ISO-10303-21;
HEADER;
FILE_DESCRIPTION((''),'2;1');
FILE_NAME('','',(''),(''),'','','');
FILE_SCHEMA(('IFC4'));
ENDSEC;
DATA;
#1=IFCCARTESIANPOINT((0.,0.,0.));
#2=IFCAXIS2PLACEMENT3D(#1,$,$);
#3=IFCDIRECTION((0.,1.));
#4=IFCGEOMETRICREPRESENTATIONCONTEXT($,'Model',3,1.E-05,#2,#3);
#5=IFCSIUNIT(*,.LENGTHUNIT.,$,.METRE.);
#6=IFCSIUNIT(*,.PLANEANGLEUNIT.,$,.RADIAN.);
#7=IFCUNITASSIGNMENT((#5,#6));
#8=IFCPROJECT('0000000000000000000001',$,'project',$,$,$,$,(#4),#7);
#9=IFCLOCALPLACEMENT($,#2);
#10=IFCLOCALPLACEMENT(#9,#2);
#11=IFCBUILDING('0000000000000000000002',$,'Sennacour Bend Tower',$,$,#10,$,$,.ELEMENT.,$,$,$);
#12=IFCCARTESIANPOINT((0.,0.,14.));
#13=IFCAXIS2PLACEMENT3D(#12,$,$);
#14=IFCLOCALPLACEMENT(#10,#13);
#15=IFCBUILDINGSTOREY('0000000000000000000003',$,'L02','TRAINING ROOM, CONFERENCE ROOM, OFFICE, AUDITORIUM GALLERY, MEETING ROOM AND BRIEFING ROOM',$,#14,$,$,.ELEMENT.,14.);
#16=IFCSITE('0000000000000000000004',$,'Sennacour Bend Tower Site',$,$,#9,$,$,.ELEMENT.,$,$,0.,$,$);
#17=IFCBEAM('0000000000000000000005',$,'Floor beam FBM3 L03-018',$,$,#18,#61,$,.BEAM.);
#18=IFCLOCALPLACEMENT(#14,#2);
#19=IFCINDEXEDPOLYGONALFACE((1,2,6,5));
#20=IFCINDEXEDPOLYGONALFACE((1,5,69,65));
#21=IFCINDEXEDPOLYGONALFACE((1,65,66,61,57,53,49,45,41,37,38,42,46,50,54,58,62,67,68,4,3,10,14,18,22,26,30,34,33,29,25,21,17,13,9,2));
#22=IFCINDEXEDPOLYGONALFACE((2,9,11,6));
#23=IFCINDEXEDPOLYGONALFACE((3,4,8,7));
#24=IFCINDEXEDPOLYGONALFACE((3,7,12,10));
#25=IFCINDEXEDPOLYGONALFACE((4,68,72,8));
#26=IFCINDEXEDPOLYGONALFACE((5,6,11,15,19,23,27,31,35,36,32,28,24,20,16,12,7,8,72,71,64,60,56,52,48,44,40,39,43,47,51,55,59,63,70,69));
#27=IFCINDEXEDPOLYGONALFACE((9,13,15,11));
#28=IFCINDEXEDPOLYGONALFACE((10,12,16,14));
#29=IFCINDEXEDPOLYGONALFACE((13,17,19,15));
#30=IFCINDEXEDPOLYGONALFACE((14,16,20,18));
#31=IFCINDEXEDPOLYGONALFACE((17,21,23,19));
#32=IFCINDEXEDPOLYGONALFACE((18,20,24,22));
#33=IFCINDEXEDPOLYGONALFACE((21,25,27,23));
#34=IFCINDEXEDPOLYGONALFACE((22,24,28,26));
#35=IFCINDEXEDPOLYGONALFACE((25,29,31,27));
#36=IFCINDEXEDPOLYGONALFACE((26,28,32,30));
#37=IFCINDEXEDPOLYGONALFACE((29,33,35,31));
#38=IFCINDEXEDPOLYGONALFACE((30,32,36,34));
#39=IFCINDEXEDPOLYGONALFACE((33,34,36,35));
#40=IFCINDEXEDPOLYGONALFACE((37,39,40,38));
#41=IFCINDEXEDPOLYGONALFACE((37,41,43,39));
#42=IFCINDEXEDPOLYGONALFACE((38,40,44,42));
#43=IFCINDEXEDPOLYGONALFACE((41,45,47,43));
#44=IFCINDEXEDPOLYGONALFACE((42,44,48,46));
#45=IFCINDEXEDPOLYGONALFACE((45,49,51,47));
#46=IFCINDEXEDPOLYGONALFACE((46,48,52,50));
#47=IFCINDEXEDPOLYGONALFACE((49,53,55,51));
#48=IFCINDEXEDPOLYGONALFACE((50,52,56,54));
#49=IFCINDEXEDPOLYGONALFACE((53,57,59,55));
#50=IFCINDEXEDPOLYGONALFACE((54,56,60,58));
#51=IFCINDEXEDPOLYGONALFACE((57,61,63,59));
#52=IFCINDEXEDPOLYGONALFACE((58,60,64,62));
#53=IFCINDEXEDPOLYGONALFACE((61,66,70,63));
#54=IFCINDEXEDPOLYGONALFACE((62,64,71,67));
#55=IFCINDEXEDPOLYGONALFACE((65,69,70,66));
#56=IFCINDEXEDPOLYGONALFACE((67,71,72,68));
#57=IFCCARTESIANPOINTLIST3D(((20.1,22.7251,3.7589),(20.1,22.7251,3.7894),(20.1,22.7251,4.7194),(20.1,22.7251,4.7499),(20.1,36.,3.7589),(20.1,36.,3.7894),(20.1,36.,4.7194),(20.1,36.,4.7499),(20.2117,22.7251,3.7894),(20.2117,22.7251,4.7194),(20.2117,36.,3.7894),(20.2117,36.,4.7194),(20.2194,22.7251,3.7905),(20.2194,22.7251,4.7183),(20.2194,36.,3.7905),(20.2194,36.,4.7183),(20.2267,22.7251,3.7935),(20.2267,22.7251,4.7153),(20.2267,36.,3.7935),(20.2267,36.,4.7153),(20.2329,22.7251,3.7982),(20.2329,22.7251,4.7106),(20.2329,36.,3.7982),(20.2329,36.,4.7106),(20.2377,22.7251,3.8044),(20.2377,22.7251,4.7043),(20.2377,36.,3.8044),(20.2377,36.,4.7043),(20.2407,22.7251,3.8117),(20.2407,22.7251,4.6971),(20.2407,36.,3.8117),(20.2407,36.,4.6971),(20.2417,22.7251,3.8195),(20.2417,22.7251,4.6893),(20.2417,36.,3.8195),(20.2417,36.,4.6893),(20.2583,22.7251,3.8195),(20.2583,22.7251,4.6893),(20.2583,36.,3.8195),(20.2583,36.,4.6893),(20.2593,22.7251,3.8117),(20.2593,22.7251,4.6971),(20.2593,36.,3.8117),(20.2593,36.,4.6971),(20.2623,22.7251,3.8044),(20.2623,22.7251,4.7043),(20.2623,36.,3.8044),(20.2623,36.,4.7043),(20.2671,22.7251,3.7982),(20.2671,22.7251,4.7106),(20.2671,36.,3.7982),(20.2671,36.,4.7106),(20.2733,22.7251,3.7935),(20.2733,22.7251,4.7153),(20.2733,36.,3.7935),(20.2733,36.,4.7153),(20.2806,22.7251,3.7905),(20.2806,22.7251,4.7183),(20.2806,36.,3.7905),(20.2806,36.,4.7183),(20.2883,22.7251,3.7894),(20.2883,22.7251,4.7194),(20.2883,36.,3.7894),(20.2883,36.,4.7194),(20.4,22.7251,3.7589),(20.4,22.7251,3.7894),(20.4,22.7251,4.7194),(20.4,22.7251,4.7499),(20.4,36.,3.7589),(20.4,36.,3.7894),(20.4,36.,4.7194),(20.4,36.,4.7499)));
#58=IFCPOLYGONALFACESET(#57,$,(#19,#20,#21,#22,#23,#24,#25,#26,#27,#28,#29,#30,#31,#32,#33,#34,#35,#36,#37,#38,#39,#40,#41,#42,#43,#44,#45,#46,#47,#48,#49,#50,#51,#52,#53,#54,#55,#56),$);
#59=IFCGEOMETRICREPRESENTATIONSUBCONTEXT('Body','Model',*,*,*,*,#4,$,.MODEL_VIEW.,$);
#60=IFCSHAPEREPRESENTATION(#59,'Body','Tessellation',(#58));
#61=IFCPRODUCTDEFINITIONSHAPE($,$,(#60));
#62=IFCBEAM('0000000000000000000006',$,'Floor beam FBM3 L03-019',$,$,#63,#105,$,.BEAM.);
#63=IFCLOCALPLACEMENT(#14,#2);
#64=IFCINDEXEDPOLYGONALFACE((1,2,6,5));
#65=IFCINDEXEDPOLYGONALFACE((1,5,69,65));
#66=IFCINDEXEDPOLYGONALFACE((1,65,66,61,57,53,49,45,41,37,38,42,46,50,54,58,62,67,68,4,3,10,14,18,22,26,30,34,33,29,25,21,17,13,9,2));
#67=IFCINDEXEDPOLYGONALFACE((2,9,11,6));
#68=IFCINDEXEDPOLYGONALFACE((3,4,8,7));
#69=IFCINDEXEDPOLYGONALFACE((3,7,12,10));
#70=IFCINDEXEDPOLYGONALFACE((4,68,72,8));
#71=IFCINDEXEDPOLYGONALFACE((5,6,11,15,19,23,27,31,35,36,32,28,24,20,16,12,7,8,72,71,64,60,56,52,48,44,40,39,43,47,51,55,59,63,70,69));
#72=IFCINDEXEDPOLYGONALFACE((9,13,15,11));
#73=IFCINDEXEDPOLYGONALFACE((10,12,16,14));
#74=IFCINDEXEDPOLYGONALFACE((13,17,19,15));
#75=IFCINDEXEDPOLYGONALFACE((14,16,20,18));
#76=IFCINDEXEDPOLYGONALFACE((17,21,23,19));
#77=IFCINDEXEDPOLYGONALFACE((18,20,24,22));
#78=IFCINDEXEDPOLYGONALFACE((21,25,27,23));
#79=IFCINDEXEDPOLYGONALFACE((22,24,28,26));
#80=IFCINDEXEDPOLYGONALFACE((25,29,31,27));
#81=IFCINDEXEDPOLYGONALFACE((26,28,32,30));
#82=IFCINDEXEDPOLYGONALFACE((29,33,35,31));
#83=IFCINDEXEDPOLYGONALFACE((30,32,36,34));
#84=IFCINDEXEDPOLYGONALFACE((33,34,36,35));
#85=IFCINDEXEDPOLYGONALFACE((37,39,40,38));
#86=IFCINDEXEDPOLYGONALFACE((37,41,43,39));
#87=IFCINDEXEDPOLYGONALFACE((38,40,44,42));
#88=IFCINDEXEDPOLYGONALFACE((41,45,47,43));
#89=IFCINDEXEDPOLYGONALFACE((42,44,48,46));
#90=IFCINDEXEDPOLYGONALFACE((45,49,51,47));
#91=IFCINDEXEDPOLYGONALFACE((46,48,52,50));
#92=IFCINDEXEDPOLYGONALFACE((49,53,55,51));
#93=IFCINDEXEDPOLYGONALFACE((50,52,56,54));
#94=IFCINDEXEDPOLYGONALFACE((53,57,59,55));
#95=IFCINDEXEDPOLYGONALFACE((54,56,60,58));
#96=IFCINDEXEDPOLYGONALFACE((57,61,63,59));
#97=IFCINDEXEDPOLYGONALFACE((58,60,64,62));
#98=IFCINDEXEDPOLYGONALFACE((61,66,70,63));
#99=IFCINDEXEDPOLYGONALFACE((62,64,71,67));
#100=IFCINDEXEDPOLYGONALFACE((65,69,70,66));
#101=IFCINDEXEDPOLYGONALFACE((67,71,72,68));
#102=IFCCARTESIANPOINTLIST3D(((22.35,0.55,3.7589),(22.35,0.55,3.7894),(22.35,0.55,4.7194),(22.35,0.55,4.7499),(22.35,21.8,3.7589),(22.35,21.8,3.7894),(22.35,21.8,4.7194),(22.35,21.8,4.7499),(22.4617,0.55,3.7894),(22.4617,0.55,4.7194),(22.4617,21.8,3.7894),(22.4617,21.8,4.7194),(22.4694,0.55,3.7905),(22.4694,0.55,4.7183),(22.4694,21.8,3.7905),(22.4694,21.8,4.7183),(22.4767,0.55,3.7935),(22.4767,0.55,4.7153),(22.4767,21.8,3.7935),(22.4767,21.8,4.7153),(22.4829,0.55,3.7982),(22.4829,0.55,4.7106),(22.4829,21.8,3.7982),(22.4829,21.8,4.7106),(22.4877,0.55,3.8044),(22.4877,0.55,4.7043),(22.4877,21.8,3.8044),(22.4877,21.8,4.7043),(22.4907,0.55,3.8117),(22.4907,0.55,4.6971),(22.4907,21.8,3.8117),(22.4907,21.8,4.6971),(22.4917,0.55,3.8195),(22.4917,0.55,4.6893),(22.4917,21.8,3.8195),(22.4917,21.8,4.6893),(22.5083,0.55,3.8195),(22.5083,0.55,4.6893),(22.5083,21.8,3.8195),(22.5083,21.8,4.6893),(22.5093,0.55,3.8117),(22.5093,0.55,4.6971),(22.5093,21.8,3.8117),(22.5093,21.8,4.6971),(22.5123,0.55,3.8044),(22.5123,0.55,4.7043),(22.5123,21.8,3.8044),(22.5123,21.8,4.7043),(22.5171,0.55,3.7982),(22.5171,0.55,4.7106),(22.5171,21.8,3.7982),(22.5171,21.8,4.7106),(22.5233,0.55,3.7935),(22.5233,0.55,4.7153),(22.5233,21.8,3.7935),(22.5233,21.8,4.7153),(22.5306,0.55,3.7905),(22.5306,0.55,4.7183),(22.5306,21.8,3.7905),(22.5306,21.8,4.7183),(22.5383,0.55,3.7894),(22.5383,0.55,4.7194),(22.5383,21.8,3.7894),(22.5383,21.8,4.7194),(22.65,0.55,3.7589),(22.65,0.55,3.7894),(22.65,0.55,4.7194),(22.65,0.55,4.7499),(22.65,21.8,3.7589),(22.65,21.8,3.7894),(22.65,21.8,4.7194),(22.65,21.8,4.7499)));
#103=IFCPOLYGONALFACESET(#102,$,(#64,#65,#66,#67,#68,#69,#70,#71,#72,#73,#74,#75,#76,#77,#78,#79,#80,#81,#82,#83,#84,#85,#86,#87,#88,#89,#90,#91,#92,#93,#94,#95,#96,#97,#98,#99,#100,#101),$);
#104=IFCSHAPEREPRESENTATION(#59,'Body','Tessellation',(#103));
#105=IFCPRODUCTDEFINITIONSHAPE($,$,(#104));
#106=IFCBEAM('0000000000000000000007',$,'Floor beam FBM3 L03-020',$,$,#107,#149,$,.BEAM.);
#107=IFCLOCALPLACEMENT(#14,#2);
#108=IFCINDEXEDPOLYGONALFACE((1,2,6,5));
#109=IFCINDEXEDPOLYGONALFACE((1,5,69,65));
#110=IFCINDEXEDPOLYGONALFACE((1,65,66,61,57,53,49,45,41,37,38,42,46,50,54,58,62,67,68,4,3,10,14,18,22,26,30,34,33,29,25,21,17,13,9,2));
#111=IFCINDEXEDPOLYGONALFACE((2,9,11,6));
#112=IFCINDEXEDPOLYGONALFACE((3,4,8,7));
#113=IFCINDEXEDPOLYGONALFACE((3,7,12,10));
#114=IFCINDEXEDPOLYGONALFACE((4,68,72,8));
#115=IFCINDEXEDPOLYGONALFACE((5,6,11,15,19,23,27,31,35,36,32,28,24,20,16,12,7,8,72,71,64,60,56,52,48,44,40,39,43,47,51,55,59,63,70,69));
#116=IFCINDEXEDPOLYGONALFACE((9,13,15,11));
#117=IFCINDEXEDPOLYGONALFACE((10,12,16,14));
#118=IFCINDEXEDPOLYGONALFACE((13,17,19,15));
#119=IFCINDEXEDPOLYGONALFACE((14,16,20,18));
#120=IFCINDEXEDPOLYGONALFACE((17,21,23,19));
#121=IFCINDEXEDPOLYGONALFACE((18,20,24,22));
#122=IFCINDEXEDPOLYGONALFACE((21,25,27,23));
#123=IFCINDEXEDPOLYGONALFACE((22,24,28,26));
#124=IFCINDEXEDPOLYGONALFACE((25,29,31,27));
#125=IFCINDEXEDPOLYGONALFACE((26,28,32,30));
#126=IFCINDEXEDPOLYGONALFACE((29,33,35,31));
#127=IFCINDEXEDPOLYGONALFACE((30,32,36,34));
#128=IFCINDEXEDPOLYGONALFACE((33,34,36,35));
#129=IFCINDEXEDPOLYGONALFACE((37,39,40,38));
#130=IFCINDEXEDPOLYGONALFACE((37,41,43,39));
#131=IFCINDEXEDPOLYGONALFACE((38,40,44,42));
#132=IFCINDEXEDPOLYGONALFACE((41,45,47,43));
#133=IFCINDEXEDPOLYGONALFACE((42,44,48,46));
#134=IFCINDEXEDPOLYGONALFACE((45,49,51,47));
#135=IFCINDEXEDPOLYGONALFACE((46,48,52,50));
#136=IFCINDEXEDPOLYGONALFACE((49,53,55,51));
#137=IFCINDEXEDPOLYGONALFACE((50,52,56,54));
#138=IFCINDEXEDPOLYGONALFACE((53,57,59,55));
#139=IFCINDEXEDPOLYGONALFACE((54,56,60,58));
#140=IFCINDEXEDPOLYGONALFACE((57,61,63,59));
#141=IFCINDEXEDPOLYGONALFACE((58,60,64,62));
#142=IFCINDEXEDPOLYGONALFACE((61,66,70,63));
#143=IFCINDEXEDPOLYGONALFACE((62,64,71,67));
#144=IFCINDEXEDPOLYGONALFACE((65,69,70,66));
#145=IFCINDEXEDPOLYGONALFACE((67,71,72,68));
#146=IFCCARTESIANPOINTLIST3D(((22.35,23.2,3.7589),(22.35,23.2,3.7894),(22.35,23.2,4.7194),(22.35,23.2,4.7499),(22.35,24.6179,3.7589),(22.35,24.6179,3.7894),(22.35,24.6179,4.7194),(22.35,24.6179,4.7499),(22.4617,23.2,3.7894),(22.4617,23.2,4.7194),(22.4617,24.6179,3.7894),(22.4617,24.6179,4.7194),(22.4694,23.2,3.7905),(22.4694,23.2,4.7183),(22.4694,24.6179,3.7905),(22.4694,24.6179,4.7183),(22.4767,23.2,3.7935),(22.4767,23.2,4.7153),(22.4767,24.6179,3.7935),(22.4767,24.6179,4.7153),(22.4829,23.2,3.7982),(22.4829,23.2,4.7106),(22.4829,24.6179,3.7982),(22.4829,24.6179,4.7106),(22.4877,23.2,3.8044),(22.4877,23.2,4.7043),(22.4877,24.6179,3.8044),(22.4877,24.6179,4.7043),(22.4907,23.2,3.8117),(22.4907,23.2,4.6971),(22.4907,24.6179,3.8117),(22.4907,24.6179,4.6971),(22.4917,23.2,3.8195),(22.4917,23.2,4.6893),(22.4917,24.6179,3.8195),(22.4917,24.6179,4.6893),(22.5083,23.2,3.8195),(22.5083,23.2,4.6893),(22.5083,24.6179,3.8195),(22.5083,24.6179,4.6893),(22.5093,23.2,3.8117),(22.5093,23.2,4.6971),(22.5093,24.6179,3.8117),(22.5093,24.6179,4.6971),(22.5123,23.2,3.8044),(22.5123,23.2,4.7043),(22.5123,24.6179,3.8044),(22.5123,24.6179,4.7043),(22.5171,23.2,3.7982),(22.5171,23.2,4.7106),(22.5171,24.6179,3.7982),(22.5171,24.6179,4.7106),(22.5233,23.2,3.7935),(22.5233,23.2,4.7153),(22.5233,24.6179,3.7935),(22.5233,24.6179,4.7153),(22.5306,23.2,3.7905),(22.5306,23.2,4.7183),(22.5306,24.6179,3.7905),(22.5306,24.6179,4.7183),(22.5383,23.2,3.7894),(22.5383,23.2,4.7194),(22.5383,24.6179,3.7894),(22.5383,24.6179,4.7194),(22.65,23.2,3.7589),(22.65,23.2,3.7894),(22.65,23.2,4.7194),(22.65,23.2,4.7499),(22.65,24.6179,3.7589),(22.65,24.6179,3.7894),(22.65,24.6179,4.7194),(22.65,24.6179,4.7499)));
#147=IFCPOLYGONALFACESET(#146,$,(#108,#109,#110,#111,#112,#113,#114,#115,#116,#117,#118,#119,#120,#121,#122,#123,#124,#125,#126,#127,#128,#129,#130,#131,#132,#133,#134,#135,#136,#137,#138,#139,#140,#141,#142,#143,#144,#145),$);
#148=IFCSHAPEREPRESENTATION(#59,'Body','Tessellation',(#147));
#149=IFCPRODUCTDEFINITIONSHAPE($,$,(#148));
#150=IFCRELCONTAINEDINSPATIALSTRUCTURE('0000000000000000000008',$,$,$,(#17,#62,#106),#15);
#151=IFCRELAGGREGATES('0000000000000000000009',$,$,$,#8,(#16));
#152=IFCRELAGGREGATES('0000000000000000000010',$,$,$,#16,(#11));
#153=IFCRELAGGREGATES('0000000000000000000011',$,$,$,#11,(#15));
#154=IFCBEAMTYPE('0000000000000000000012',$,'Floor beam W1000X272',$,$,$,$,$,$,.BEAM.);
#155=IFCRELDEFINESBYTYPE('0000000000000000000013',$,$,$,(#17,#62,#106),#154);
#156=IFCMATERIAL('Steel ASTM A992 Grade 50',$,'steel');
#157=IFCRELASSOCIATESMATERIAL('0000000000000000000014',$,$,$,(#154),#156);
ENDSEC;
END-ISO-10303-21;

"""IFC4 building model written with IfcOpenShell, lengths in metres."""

from ifc_helpers import new_model, si_unit, direction, frame, origin, origin_2d, place, context, subcontext, project, spatial, i_section, extrude, material, material_profile, profile_set, type_object, element, save


model = new_model("IFC4")

# Units and contexts
model_context = context("Model", 3, precision=1e-05, world=origin(), true_north=direction((0.0, 1.0)))
body_context = subcontext(model_context, "Body", "Model", "MODEL_VIEW")
ifc_project = project(units=[si_unit("LENGTHUNIT", "METRE"), si_unit("PLANEANGLEUNIT", "RADIAN")], contexts=[model_context])

# Site, building, storey
site_placement = place(None, origin())
site = spatial("IfcSite", under=ifc_project, at=site_placement, Name="Sennacour Bend Tower Site", CompositionType="ELEMENT", RefElevation=0.0)
building_placement = place(site_placement, origin())
building = spatial("IfcBuilding", under=site, at=building_placement, Name="Sennacour Bend Tower", CompositionType="ELEMENT")
storey_placement = place(building_placement, frame((0.0, 0.0, 14.0)))
storey = spatial("IfcBuildingStorey", under=building, at=storey_placement, Name="L02", Description="TRAINING ROOM, CONFERENCE ROOM, OFFICE, AUDITORIUM GALLERY, MEETING ROOM AND BRIEFING ROOM", CompositionType="ELEMENT", Elevation=14.0)

# Beams
ifc_material_1 = material(Name="Steel ASTM A992 Grade 50", Category="steel")
ifc_material_profile_1 = material_profile(ifc_material_1, i_section(OverallWidth=0.3, OverallDepth=0.991, WebThickness=0.0166, FlangeThickness=0.0305, FilletRadius=0.03, at=origin_2d()), Name="Steel ASTM A992 Grade 50", Category="steel")
ifc_profile_set_1 = profile_set([ifc_material_profile_1], Name="Steel ASTM A992 Grade 50")
beam_type = type_object("IfcBeamType", Name="Floor beam W1000X272", PredefinedType="BEAM", material=ifc_profile_set_1)
for number, where, z_axis, x_axis, name in (
    (1, (20.25, 22.7251, 4.2544), (0.0, 1.0, 0.0), (-1.0, 0.0, 0.0), "Floor beam FBM3 L03-018"),
):
    element("IfcBeam", number, at=place(storey_placement, frame(where, z_axis=z_axis, x_axis=x_axis)), inside=storey, type_object=beam_type, Name=name, PredefinedType="BEAM", context=body_context, shape_type="SweptSolid", body=[
        extrude(i_section(OverallWidth=0.3, OverallDepth=0.991, WebThickness=0.0166, FlangeThickness=0.0305, FilletRadius=0.03, at=origin_2d()), origin(), (0.0, 0.0, 1.0), 13.2749),
    ])
beam_1_placement = place(storey_placement, frame((22.5, 0.55, 4.2544), z_axis=(0.0, 1.0, 0.0), x_axis=(-1.0, 0.0, 0.0)))
element("IfcBeam", 2, at=beam_1_placement, inside=storey, type_object=beam_type, Name="Floor beam FBM3 L03-019", PredefinedType="BEAM", context=body_context, shape_type="SweptSolid", body=[
    extrude(i_section(OverallWidth=0.3, OverallDepth=0.991, WebThickness=0.0166, FlangeThickness=0.0305, FilletRadius=0.03, at=origin_2d()), origin(), (0.0, 0.0, 1.0), 21.25),
])
beam_2_placement = place(storey_placement, frame((22.5, 23.2, 4.2544), z_axis=(0.0, 1.0, 0.0), x_axis=(-1.0, 0.0, 0.0)))
element("IfcBeam", 3, at=beam_2_placement, inside=storey, type_object=beam_type, Name="Floor beam FBM3 L03-020", PredefinedType="BEAM", context=body_context, shape_type="SweptSolid", body=[
    extrude(i_section(OverallWidth=0.3, OverallDepth=0.991, WebThickness=0.0166, FlangeThickness=0.0305, FilletRadius=0.03, at=origin_2d()), origin(), (0.0, 0.0, 1.0), 1.418),
])

save(model, "model.ifc")
